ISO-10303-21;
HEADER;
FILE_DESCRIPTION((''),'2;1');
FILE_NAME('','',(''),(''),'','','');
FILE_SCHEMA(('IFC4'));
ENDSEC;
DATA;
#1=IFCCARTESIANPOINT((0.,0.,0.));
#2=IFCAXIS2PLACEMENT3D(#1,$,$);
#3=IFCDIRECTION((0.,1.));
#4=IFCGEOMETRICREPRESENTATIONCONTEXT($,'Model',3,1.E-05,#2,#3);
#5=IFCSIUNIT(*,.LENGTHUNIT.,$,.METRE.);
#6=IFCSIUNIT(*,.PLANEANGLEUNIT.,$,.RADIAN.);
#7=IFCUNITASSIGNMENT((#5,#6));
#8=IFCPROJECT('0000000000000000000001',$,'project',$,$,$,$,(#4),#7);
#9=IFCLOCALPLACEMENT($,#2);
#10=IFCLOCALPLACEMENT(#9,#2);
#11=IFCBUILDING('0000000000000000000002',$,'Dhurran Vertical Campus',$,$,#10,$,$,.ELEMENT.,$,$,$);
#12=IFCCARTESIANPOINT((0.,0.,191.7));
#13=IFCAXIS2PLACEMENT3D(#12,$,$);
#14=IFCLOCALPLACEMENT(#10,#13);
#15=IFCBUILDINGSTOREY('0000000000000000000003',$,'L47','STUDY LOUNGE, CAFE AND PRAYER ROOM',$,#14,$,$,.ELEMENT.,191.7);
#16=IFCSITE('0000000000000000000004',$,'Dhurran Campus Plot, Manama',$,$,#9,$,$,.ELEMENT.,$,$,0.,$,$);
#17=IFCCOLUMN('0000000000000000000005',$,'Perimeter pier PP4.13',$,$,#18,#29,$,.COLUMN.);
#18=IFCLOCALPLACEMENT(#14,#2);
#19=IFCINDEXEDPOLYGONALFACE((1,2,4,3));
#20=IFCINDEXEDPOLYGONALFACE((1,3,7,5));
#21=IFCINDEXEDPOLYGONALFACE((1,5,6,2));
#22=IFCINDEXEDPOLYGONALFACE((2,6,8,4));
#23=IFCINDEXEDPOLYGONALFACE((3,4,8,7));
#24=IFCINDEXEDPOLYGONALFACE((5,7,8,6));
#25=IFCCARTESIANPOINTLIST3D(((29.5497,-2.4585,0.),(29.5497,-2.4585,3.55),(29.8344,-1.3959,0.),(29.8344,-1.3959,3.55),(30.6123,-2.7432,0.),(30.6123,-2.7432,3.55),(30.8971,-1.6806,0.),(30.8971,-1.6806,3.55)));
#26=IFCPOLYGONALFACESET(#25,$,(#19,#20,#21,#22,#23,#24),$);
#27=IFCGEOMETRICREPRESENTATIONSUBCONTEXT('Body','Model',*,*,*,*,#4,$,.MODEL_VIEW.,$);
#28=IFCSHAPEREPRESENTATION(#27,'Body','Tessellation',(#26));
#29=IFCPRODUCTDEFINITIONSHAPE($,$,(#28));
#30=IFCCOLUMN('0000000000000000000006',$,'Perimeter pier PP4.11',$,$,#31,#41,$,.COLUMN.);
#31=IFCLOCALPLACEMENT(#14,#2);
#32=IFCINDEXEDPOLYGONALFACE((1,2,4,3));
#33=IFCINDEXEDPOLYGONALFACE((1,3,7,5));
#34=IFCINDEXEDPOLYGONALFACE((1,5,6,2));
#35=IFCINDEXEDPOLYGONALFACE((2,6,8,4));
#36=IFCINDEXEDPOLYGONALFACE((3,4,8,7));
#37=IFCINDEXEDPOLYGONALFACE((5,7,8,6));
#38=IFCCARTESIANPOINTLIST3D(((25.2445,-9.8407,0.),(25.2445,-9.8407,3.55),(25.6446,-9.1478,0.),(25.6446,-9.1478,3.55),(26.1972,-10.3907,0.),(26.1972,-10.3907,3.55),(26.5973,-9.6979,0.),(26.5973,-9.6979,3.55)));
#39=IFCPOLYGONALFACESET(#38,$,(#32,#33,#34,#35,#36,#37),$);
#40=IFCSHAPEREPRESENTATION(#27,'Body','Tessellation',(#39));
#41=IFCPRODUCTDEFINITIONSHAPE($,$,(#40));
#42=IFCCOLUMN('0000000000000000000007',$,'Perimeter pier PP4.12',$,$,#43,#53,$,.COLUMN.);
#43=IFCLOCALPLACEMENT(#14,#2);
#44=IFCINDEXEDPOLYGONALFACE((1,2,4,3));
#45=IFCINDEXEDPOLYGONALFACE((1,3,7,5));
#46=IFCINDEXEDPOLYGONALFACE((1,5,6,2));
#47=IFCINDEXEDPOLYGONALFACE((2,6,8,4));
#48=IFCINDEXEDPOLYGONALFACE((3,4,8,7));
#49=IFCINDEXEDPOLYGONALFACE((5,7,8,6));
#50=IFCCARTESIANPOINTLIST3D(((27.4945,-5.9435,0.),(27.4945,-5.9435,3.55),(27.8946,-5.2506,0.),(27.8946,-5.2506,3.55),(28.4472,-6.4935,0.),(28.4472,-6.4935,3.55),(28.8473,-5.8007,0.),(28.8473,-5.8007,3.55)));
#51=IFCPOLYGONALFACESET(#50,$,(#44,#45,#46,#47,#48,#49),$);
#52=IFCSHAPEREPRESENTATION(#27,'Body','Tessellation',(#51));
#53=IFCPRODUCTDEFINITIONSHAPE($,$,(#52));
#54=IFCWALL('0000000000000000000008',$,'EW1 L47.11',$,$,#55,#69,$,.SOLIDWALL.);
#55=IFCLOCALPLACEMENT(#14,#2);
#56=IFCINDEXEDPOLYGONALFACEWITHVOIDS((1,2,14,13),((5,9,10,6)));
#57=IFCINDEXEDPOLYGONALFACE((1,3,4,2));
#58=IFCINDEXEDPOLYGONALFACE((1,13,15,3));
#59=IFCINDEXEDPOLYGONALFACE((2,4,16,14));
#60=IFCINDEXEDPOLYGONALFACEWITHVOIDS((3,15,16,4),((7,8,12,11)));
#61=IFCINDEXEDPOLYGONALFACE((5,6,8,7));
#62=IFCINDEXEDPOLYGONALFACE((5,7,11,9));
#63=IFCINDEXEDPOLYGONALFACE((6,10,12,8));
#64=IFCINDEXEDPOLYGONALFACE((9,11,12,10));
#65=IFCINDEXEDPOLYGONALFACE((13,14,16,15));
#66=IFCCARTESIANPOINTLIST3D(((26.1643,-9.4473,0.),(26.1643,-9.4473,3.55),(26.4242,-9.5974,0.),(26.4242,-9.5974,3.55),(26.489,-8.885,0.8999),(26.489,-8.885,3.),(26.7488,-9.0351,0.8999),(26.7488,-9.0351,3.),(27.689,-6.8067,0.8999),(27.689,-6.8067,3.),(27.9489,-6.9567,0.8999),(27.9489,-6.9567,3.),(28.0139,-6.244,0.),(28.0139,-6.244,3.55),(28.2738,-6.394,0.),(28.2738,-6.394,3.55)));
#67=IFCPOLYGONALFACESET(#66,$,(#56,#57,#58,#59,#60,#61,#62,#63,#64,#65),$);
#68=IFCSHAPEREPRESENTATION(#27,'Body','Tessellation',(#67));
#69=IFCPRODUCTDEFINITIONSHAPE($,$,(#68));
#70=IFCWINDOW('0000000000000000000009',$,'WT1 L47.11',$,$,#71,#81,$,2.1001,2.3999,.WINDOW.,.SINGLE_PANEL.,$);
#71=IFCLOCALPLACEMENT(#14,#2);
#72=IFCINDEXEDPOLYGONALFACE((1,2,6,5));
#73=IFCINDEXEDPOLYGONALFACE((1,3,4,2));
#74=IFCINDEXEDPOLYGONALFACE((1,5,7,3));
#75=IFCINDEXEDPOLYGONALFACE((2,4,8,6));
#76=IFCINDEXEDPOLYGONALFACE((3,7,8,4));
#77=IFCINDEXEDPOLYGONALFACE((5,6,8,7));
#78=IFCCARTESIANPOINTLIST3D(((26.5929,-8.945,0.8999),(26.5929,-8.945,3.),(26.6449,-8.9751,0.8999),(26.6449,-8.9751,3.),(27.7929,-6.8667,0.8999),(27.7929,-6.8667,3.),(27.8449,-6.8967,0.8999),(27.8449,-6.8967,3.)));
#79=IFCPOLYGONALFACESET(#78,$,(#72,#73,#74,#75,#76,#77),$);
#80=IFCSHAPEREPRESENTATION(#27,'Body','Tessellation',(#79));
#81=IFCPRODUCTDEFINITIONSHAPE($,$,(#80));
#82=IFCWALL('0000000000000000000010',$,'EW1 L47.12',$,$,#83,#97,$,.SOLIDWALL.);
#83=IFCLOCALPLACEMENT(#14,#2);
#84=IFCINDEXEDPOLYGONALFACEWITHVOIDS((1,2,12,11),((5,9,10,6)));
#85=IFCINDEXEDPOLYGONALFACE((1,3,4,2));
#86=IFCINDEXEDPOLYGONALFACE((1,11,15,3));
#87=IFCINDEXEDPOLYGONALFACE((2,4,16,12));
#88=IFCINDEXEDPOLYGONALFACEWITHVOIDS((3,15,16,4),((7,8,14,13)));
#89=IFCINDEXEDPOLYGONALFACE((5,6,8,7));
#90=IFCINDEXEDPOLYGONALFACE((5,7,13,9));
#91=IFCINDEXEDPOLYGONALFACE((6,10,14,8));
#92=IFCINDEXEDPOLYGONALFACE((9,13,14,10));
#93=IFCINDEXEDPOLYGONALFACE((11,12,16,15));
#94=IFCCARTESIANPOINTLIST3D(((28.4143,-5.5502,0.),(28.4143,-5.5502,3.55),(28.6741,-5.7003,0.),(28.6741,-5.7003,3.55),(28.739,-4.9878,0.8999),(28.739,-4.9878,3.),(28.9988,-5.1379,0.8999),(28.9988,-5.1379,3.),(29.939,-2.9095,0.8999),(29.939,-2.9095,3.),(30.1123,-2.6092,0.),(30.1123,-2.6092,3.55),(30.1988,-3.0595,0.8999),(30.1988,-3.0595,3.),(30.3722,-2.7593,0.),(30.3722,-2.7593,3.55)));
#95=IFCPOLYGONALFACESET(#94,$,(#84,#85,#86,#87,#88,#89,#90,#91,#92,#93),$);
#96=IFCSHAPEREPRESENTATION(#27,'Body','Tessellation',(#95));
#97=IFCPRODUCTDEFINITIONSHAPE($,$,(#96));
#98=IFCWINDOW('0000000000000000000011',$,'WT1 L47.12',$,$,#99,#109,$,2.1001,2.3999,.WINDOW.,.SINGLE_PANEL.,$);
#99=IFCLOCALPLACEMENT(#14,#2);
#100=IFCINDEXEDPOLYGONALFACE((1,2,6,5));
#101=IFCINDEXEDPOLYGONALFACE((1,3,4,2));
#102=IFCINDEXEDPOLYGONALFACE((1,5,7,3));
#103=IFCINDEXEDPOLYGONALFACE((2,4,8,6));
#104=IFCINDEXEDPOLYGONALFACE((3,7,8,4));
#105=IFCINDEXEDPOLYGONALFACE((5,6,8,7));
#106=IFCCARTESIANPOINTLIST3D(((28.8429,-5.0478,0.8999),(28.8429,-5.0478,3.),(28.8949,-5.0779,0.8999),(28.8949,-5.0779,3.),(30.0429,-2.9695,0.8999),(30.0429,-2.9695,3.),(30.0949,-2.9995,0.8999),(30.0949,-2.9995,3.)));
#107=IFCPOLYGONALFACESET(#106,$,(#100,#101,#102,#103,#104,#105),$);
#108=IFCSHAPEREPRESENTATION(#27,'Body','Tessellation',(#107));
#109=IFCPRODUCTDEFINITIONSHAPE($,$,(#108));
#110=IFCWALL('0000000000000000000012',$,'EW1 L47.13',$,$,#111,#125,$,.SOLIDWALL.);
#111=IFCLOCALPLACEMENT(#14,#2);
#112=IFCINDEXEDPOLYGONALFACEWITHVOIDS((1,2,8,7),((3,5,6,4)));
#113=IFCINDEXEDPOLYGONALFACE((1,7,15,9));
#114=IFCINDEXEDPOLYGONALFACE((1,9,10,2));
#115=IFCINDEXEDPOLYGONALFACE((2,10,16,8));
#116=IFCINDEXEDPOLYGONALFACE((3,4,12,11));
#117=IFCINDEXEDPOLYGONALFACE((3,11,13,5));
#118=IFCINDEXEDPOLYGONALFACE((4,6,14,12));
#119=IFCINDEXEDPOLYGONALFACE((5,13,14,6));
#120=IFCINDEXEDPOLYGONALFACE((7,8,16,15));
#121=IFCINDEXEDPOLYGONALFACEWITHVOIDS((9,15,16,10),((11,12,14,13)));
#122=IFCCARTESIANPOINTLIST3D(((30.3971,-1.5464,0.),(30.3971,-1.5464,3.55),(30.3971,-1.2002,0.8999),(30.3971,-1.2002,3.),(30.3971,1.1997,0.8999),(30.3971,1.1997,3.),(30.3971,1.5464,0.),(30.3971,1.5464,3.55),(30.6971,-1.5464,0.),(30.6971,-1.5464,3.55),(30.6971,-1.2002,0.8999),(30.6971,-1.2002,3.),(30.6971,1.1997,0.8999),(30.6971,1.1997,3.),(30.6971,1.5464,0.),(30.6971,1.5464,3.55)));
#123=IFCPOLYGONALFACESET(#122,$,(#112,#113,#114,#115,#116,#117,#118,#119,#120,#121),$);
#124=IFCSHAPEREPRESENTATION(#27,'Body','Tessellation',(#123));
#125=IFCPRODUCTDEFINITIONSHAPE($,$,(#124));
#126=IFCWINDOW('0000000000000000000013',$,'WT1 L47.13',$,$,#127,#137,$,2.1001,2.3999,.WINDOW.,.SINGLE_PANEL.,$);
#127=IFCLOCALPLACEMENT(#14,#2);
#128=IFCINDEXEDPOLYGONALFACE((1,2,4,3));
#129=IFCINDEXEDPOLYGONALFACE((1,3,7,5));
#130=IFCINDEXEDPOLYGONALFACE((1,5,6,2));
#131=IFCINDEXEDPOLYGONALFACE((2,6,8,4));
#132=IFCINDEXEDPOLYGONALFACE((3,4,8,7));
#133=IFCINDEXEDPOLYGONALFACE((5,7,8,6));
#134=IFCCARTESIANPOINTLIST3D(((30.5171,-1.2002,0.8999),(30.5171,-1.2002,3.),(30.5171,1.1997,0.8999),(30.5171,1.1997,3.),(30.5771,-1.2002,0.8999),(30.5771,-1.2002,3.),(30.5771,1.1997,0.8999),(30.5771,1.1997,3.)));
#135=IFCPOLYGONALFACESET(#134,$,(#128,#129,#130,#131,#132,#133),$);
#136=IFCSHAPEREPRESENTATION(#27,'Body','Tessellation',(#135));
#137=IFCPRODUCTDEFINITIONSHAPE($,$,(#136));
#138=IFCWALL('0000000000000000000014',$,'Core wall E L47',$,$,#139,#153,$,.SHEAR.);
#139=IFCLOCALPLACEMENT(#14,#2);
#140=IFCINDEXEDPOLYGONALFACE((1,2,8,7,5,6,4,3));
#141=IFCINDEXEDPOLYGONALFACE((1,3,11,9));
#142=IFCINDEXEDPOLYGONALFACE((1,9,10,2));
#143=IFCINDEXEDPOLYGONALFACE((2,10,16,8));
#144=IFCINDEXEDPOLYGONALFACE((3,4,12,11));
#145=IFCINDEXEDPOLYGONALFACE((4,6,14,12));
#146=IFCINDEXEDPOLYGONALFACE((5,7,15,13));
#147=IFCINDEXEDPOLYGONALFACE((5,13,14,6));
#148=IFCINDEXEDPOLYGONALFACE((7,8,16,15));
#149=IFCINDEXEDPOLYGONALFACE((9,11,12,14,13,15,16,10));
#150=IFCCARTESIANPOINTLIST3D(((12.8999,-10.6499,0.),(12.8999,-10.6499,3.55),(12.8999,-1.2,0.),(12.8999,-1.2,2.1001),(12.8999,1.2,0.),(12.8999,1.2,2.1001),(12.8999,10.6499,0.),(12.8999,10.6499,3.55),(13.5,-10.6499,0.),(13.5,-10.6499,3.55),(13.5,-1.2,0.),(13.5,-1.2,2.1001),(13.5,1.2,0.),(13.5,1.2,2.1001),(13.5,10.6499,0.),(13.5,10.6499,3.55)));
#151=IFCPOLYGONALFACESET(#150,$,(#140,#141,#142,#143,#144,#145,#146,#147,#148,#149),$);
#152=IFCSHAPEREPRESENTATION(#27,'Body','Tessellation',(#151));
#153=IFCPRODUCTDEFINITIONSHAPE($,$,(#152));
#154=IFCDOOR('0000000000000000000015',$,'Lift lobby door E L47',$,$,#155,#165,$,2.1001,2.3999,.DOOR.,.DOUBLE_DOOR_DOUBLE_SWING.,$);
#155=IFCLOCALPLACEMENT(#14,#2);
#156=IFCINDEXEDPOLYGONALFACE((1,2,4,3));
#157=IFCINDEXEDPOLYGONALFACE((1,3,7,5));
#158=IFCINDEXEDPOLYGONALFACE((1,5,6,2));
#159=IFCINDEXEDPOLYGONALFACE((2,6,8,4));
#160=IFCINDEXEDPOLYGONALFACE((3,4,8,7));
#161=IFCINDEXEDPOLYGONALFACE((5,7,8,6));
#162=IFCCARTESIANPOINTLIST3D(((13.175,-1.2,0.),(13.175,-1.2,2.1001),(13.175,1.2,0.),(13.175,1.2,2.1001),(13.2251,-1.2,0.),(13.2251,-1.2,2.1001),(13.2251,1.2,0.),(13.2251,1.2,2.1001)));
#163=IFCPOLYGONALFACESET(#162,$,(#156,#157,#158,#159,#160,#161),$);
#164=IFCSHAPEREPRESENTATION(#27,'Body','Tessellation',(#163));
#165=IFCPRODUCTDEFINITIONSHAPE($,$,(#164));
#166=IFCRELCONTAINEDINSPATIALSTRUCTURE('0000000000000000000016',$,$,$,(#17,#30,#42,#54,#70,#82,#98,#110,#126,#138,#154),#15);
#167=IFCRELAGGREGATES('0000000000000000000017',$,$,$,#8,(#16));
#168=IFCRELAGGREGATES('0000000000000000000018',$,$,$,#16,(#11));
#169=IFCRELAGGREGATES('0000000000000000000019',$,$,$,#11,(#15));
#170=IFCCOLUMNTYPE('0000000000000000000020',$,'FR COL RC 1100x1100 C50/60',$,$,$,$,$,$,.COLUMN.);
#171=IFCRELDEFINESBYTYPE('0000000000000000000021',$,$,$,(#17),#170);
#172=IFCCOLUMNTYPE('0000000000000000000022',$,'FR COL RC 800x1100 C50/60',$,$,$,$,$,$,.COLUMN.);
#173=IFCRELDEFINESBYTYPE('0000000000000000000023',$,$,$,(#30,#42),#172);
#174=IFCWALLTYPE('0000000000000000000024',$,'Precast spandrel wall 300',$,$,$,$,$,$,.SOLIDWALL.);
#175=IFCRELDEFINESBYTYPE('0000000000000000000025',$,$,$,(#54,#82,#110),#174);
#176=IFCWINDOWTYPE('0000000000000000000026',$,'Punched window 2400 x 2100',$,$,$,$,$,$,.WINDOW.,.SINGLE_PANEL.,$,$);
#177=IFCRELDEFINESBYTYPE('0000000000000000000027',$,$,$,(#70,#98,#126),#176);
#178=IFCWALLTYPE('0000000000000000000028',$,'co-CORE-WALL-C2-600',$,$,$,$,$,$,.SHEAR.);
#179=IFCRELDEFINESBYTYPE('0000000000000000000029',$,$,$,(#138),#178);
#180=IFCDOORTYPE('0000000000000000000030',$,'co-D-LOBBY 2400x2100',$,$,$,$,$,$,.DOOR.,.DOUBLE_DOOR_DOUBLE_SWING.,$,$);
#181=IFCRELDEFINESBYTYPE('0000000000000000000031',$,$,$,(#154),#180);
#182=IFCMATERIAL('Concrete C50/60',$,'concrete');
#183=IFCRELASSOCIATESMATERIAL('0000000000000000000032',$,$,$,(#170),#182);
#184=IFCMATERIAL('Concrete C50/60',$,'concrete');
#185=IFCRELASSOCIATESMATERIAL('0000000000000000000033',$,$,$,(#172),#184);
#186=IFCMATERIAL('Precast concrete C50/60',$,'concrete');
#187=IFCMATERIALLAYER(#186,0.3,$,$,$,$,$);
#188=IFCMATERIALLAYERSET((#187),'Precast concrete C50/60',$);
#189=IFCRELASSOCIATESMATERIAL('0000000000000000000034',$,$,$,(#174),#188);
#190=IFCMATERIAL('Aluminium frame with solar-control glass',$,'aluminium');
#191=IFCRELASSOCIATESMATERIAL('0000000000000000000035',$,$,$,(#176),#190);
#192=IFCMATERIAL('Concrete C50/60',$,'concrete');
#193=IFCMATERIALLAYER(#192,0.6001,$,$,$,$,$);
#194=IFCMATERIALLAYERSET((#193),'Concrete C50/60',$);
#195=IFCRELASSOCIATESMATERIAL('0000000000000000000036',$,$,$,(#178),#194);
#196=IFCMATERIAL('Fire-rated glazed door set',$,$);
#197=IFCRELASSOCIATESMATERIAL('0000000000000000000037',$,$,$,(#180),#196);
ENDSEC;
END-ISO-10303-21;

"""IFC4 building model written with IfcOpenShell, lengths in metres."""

from ifc_helpers import new_model, si_unit, direction, frame, frame_2d, origin, origin_2d, place, context, subcontext, project, spatial, rectangle, extrude, material, layer, layer_set, material_profile, profile_set, type_object, element, fill, save


model = new_model("IFC4")

# Units and contexts
model_context = context("Model", 3, precision=1e-05, world=origin(), true_north=direction((0.0, 1.0)))
body_context = subcontext(model_context, "Body", "Model", "MODEL_VIEW")
ifc_project = project(units=[si_unit("LENGTHUNIT", "METRE"), si_unit("PLANEANGLEUNIT", "RADIAN")], contexts=[model_context])

# Site, building, storey
site_placement = place(None, origin())
site = spatial("IfcSite", under=ifc_project, at=site_placement, Name="Dhurran Campus Plot, Manama", CompositionType="ELEMENT", RefElevation=0.0)
building_placement = place(site_placement, origin())
building = spatial("IfcBuilding", under=site, at=building_placement, Name="Dhurran Vertical Campus", CompositionType="ELEMENT")
storey_placement = place(building_placement, frame((0.0, 0.0, 191.7)))
storey = spatial("IfcBuildingStorey", under=building, at=storey_placement, Name="L47", Description="STUDY LOUNGE, CAFE AND PRAYER ROOM", CompositionType="ELEMENT", Elevation=191.7)

# Columns
ifc_material_1 = material(Name="Concrete C50/60", Category="concrete")
ifc_material_profile_1 = material_profile(ifc_material_1, rectangle(XDim=1.1001, YDim=1.1001, at=origin_2d()), Name="RC 1100x1100")
ifc_profile_set_1 = profile_set([ifc_material_profile_1], Name="Concrete C50/60")
column_type_1 = type_object("IfcColumnType", Name="FR COL RC 1100x1100 C50/60", PredefinedType="COLUMN", material=ifc_profile_set_1)
column_placement = place(storey_placement, frame((30.2234, -2.0696, 0.0), z_axis=(0.0, 0.0, 1.0), x_axis=(0.258819, 0.965926, 0.0)))
element("IfcColumn", 1, at=column_placement, inside=storey, type_object=column_type_1, Name="Perimeter pier PP4.13", PredefinedType="COLUMN", context=body_context, shape_type="SweptSolid", body=[
    extrude(rectangle(XDim=1.1001, YDim=1.1001, at=origin_2d()), origin(), (0.0, 0.0, 1.0), 3.55),
])
ifc_material_2 = material(Name="Concrete C50/60", Category="concrete")
ifc_material_profile_2 = material_profile(ifc_material_2, rectangle(XDim=0.8, YDim=1.1001, at=origin_2d()), Name="RC 800x1100")
ifc_profile_set_2 = profile_set([ifc_material_profile_2], Name="Concrete C50/60")
column_type_2 = type_object("IfcColumnType", Name="FR COL RC 800x1100 C50/60", PredefinedType="COLUMN", material=ifc_profile_set_2)
for number, where, z_axis, x_axis, name in (
    (2, (25.9209, -9.7693, 0.0), (0.0, 0.0, 1.0), (0.5, 0.866025, 0.0), "Perimeter pier PP4.11"),
    (3, (28.1709, -5.8721, 0.0), (0.0, 0.0, 1.0), (0.5, 0.866025, 0.0), "Perimeter pier PP4.12"),
):
    element("IfcColumn", number, at=place(storey_placement, frame(where, z_axis=z_axis, x_axis=x_axis)), inside=storey, type_object=column_type_2, Name=name, PredefinedType="COLUMN", context=body_context, shape_type="SweptSolid", body=[
        extrude(rectangle(XDim=0.8, YDim=1.1001, at=origin_2d()), origin(), (0.0, 0.0, 1.0), 3.55),
    ])

# Walls, openings, windows
ifc_material_3 = material(Name="Precast concrete C50/60", Category="concrete")
ifc_layer_1 = layer(ifc_material_3, 0.3)
ifc_layer_set_1 = layer_set([ifc_layer_1], Name="Precast concrete C50/60")
wall_type_1 = type_object("IfcWallType", Name="Precast spandrel wall 300", PredefinedType="SOLIDWALL", material=ifc_layer_set_1)
wall_1_placement = place(storey_placement, frame((26.2942, -9.5225, 0.0), z_axis=(0.0, 0.0, 1.0), x_axis=(0.500029, 0.866009, 0.0)))
wall_1 = element("IfcWall", 4, at=wall_1_placement, inside=storey, type_object=wall_type_1, Name="EW1 L47.11", PredefinedType="SOLIDWALL", context=body_context, shape_type="SweptSolid", body=[
    extrude(rectangle(XDim=3.699, YDim=0.3, at=frame_2d((1.8496, 0.0))), origin(), (0.0, 0.0, 1.0), 3.55),
])
opening_1_placement = place(wall_1_placement, frame((0.6494, 0.0, 0.8999)))
opening_1 = element("IfcOpeningElement", 5, at=opening_1_placement, cuts=wall_1, PredefinedType="OPENING", context=body_context, shape_type="SweptSolid", body=[
    extrude(rectangle(XDim=2.3999, YDim=2.1001, at=frame_2d((1.2, 1.05))), frame((0.0, 0.1599, 0.0), z_axis=(0.0, -1.0, 0.0), x_axis=(1.0, 0.0, 0.0)), (0.0, 0.0, 1.0), 0.3201),
])
ifc_material_4 = material(Name="Aluminium frame with solar-control glass", Category="aluminium")
window_type = type_object("IfcWindowType", Name="Punched window 2400 x 2100", PartitioningType="SINGLE_PANEL", PredefinedType="WINDOW", material=ifc_material_4)
window_1_placement = place(opening_1_placement, origin())
window_1 = element("IfcWindow", 6, at=window_1_placement, inside=storey, type_object=window_type, Name="WT1 L47.11", OverallHeight=2.1001, OverallWidth=2.3999, PartitioningType="SINGLE_PANEL", PredefinedType="WINDOW", context=body_context, shape_type="SweptSolid", body=[
    extrude(rectangle(XDim=2.3999, YDim=2.1001, at=frame_2d((1.2, 1.05))), frame((0.0, 0.03, 0.0), z_axis=(0.0, -1.0, 0.0), x_axis=(1.0, 0.0, 0.0)), (0.0, 0.0, 1.0), 0.0601),
])
fill(opening_1, window_1)
wall_2_placement = place(storey_placement, frame((28.5442, -5.6252, 0.0), z_axis=(0.0, 0.0, 1.0), x_axis=(0.500013, 0.866018, 0.0)))
wall_2 = element("IfcWall", 7, at=wall_2_placement, inside=storey, type_object=wall_type_1, Name="EW1 L47.12", PredefinedType="SOLIDWALL", context=body_context, shape_type="SweptSolid", body=[
    extrude(rectangle(XDim=3.396, YDim=0.3, at=frame_2d((1.698, 0.0))), origin(), (0.0, 0.0, 1.0), 3.55),
])
opening_2_placement = place(wall_2_placement, frame((0.6494, 0.0, 0.8999)))
opening_2 = element("IfcOpeningElement", 8, at=opening_2_placement, cuts=wall_2, PredefinedType="OPENING", context=body_context, shape_type="SweptSolid", body=[
    extrude(rectangle(XDim=2.3999, YDim=2.1001, at=frame_2d((1.2, 1.05))), frame((0.0, 0.1599, 0.0), z_axis=(0.0, -1.0, 0.0), x_axis=(1.0, 0.0, 0.0)), (0.0, 0.0, 1.0), 0.3201),
])
window_2_placement = place(opening_2_placement, origin())
window_2 = element("IfcWindow", 9, at=window_2_placement, inside=storey, type_object=window_type, Name="WT1 L47.12", OverallHeight=2.1001, OverallWidth=2.3999, PartitioningType="SINGLE_PANEL", PredefinedType="WINDOW", context=body_context, shape_type="SweptSolid", body=[
    extrude(rectangle(XDim=2.3999, YDim=2.1001, at=frame_2d((1.2, 1.05))), frame((0.0, 0.03, 0.0), z_axis=(0.0, -1.0, 0.0), x_axis=(1.0, 0.0, 0.0)), (0.0, 0.0, 1.0), 0.0601),
])
fill(opening_2, window_2)
wall_3_placement = place(storey_placement, frame((30.5471, -1.5464, 0.0), z_axis=(0.0, 0.0, 1.0), x_axis=(0.0, 1.0, 0.0)))
wall_3 = element("IfcWall", 10, at=wall_3_placement, inside=storey, type_object=wall_type_1, Name="EW1 L47.13", PredefinedType="SOLIDWALL", context=body_context, shape_type="SweptSolid", body=[
    extrude(rectangle(XDim=3.0928, YDim=0.3, at=frame_2d((1.5464, 0.0))), origin(), (0.0, 0.0, 1.0), 3.55),
])
opening_3_placement = place(wall_3_placement, frame((0.3462, 0.0, 0.8999)))
opening_3 = element("IfcOpeningElement", 11, at=opening_3_placement, cuts=wall_3, PredefinedType="OPENING", context=body_context, shape_type="SweptSolid", body=[
    extrude(rectangle(XDim=2.3999, YDim=2.1001, at=frame_2d((1.2, 1.05))), frame((0.0, 0.1599, 0.0), z_axis=(0.0, -1.0, 0.0), x_axis=(1.0, 0.0, 0.0)), (0.0, 0.0, 1.0), 0.3201),
])
window_3_placement = place(opening_3_placement, origin())
window_3 = element("IfcWindow", 12, at=window_3_placement, inside=storey, type_object=window_type, Name="WT1 L47.13", OverallHeight=2.1001, OverallWidth=2.3999, PartitioningType="SINGLE_PANEL", PredefinedType="WINDOW", context=body_context, shape_type="SweptSolid", body=[
    extrude(rectangle(XDim=2.3999, YDim=2.1001, at=frame_2d((1.2, 1.05))), frame((0.0, 0.03, 0.0), z_axis=(0.0, -1.0, 0.0), x_axis=(1.0, 0.0, 0.0)), (0.0, 0.0, 1.0), 0.0601),
])
fill(opening_3, window_3)

# Wall, opening, door
ifc_material_5 = material(Name="Concrete C50/60", Category="concrete")
ifc_layer_2 = layer(ifc_material_5, 0.6001)
ifc_layer_set_2 = layer_set([ifc_layer_2], Name="Concrete C50/60")
wall_type_2 = type_object("IfcWallType", Name="co-CORE-WALL-C2-600", PredefinedType="SHEAR", material=ifc_layer_set_2)
wall_4_placement = place(storey_placement, frame((13.2, -10.6499, 0.0), z_axis=(0.0, 0.0, 1.0), x_axis=(0.0, 1.0, 0.0)))
wall_4 = element("IfcWall", 13, at=wall_4_placement, inside=storey, type_object=wall_type_2, Name="Core wall E L47", PredefinedType="SHEAR", context=body_context, shape_type="SweptSolid", body=[
    extrude(rectangle(XDim=21.2998, YDim=0.6001, at=frame_2d((10.6499, 0.0))), origin(), (0.0, 0.0, 1.0), 3.55),
])
opening_4_placement = place(wall_4_placement, frame((9.45, 0.0, 0.0)))
opening_4 = element("IfcOpeningElement", 14, at=opening_4_placement, cuts=wall_4, PredefinedType="OPENING", context=body_context, shape_type="SweptSolid", body=[
    extrude(rectangle(XDim=2.3999, YDim=2.1001, at=frame_2d((1.2, 1.05))), frame((0.0, 0.3101, 0.0), z_axis=(0.0, -1.0, 0.0), x_axis=(1.0, 0.0, 0.0)), (0.0, 0.0, 1.0), 0.6201),
])
ifc_material_6 = material(Name="Fire-rated glazed door set")
door_type_1 = type_object("IfcDoorType", Name="co-D-LOBBY 2400x2100", OperationType="DOUBLE_DOOR_DOUBLE_SWING", PredefinedType="DOOR", material=ifc_material_6)
door_1_placement = place(opening_4_placement, origin())
door_1 = element("IfcDoor", 15, at=door_1_placement, inside=storey, type_object=door_type_1, Name="Lift lobby door E L47", OperationType="DOUBLE_DOOR_DOUBLE_SWING", OverallHeight=2.1001, OverallWidth=2.3999, PredefinedType="DOOR", context=body_context, shape_type="SweptSolid", body=[
    extrude(rectangle(XDim=2.3999, YDim=2.1001, at=frame_2d((1.2, 1.05))), frame((0.0, 0.0249, 0.0), z_axis=(0.0, -1.0, 0.0), x_axis=(1.0, 0.0, 0.0)), (0.0, 0.0, 1.0), 0.05),
])
fill(opening_4, door_1)

save(model, "model.ifc")
